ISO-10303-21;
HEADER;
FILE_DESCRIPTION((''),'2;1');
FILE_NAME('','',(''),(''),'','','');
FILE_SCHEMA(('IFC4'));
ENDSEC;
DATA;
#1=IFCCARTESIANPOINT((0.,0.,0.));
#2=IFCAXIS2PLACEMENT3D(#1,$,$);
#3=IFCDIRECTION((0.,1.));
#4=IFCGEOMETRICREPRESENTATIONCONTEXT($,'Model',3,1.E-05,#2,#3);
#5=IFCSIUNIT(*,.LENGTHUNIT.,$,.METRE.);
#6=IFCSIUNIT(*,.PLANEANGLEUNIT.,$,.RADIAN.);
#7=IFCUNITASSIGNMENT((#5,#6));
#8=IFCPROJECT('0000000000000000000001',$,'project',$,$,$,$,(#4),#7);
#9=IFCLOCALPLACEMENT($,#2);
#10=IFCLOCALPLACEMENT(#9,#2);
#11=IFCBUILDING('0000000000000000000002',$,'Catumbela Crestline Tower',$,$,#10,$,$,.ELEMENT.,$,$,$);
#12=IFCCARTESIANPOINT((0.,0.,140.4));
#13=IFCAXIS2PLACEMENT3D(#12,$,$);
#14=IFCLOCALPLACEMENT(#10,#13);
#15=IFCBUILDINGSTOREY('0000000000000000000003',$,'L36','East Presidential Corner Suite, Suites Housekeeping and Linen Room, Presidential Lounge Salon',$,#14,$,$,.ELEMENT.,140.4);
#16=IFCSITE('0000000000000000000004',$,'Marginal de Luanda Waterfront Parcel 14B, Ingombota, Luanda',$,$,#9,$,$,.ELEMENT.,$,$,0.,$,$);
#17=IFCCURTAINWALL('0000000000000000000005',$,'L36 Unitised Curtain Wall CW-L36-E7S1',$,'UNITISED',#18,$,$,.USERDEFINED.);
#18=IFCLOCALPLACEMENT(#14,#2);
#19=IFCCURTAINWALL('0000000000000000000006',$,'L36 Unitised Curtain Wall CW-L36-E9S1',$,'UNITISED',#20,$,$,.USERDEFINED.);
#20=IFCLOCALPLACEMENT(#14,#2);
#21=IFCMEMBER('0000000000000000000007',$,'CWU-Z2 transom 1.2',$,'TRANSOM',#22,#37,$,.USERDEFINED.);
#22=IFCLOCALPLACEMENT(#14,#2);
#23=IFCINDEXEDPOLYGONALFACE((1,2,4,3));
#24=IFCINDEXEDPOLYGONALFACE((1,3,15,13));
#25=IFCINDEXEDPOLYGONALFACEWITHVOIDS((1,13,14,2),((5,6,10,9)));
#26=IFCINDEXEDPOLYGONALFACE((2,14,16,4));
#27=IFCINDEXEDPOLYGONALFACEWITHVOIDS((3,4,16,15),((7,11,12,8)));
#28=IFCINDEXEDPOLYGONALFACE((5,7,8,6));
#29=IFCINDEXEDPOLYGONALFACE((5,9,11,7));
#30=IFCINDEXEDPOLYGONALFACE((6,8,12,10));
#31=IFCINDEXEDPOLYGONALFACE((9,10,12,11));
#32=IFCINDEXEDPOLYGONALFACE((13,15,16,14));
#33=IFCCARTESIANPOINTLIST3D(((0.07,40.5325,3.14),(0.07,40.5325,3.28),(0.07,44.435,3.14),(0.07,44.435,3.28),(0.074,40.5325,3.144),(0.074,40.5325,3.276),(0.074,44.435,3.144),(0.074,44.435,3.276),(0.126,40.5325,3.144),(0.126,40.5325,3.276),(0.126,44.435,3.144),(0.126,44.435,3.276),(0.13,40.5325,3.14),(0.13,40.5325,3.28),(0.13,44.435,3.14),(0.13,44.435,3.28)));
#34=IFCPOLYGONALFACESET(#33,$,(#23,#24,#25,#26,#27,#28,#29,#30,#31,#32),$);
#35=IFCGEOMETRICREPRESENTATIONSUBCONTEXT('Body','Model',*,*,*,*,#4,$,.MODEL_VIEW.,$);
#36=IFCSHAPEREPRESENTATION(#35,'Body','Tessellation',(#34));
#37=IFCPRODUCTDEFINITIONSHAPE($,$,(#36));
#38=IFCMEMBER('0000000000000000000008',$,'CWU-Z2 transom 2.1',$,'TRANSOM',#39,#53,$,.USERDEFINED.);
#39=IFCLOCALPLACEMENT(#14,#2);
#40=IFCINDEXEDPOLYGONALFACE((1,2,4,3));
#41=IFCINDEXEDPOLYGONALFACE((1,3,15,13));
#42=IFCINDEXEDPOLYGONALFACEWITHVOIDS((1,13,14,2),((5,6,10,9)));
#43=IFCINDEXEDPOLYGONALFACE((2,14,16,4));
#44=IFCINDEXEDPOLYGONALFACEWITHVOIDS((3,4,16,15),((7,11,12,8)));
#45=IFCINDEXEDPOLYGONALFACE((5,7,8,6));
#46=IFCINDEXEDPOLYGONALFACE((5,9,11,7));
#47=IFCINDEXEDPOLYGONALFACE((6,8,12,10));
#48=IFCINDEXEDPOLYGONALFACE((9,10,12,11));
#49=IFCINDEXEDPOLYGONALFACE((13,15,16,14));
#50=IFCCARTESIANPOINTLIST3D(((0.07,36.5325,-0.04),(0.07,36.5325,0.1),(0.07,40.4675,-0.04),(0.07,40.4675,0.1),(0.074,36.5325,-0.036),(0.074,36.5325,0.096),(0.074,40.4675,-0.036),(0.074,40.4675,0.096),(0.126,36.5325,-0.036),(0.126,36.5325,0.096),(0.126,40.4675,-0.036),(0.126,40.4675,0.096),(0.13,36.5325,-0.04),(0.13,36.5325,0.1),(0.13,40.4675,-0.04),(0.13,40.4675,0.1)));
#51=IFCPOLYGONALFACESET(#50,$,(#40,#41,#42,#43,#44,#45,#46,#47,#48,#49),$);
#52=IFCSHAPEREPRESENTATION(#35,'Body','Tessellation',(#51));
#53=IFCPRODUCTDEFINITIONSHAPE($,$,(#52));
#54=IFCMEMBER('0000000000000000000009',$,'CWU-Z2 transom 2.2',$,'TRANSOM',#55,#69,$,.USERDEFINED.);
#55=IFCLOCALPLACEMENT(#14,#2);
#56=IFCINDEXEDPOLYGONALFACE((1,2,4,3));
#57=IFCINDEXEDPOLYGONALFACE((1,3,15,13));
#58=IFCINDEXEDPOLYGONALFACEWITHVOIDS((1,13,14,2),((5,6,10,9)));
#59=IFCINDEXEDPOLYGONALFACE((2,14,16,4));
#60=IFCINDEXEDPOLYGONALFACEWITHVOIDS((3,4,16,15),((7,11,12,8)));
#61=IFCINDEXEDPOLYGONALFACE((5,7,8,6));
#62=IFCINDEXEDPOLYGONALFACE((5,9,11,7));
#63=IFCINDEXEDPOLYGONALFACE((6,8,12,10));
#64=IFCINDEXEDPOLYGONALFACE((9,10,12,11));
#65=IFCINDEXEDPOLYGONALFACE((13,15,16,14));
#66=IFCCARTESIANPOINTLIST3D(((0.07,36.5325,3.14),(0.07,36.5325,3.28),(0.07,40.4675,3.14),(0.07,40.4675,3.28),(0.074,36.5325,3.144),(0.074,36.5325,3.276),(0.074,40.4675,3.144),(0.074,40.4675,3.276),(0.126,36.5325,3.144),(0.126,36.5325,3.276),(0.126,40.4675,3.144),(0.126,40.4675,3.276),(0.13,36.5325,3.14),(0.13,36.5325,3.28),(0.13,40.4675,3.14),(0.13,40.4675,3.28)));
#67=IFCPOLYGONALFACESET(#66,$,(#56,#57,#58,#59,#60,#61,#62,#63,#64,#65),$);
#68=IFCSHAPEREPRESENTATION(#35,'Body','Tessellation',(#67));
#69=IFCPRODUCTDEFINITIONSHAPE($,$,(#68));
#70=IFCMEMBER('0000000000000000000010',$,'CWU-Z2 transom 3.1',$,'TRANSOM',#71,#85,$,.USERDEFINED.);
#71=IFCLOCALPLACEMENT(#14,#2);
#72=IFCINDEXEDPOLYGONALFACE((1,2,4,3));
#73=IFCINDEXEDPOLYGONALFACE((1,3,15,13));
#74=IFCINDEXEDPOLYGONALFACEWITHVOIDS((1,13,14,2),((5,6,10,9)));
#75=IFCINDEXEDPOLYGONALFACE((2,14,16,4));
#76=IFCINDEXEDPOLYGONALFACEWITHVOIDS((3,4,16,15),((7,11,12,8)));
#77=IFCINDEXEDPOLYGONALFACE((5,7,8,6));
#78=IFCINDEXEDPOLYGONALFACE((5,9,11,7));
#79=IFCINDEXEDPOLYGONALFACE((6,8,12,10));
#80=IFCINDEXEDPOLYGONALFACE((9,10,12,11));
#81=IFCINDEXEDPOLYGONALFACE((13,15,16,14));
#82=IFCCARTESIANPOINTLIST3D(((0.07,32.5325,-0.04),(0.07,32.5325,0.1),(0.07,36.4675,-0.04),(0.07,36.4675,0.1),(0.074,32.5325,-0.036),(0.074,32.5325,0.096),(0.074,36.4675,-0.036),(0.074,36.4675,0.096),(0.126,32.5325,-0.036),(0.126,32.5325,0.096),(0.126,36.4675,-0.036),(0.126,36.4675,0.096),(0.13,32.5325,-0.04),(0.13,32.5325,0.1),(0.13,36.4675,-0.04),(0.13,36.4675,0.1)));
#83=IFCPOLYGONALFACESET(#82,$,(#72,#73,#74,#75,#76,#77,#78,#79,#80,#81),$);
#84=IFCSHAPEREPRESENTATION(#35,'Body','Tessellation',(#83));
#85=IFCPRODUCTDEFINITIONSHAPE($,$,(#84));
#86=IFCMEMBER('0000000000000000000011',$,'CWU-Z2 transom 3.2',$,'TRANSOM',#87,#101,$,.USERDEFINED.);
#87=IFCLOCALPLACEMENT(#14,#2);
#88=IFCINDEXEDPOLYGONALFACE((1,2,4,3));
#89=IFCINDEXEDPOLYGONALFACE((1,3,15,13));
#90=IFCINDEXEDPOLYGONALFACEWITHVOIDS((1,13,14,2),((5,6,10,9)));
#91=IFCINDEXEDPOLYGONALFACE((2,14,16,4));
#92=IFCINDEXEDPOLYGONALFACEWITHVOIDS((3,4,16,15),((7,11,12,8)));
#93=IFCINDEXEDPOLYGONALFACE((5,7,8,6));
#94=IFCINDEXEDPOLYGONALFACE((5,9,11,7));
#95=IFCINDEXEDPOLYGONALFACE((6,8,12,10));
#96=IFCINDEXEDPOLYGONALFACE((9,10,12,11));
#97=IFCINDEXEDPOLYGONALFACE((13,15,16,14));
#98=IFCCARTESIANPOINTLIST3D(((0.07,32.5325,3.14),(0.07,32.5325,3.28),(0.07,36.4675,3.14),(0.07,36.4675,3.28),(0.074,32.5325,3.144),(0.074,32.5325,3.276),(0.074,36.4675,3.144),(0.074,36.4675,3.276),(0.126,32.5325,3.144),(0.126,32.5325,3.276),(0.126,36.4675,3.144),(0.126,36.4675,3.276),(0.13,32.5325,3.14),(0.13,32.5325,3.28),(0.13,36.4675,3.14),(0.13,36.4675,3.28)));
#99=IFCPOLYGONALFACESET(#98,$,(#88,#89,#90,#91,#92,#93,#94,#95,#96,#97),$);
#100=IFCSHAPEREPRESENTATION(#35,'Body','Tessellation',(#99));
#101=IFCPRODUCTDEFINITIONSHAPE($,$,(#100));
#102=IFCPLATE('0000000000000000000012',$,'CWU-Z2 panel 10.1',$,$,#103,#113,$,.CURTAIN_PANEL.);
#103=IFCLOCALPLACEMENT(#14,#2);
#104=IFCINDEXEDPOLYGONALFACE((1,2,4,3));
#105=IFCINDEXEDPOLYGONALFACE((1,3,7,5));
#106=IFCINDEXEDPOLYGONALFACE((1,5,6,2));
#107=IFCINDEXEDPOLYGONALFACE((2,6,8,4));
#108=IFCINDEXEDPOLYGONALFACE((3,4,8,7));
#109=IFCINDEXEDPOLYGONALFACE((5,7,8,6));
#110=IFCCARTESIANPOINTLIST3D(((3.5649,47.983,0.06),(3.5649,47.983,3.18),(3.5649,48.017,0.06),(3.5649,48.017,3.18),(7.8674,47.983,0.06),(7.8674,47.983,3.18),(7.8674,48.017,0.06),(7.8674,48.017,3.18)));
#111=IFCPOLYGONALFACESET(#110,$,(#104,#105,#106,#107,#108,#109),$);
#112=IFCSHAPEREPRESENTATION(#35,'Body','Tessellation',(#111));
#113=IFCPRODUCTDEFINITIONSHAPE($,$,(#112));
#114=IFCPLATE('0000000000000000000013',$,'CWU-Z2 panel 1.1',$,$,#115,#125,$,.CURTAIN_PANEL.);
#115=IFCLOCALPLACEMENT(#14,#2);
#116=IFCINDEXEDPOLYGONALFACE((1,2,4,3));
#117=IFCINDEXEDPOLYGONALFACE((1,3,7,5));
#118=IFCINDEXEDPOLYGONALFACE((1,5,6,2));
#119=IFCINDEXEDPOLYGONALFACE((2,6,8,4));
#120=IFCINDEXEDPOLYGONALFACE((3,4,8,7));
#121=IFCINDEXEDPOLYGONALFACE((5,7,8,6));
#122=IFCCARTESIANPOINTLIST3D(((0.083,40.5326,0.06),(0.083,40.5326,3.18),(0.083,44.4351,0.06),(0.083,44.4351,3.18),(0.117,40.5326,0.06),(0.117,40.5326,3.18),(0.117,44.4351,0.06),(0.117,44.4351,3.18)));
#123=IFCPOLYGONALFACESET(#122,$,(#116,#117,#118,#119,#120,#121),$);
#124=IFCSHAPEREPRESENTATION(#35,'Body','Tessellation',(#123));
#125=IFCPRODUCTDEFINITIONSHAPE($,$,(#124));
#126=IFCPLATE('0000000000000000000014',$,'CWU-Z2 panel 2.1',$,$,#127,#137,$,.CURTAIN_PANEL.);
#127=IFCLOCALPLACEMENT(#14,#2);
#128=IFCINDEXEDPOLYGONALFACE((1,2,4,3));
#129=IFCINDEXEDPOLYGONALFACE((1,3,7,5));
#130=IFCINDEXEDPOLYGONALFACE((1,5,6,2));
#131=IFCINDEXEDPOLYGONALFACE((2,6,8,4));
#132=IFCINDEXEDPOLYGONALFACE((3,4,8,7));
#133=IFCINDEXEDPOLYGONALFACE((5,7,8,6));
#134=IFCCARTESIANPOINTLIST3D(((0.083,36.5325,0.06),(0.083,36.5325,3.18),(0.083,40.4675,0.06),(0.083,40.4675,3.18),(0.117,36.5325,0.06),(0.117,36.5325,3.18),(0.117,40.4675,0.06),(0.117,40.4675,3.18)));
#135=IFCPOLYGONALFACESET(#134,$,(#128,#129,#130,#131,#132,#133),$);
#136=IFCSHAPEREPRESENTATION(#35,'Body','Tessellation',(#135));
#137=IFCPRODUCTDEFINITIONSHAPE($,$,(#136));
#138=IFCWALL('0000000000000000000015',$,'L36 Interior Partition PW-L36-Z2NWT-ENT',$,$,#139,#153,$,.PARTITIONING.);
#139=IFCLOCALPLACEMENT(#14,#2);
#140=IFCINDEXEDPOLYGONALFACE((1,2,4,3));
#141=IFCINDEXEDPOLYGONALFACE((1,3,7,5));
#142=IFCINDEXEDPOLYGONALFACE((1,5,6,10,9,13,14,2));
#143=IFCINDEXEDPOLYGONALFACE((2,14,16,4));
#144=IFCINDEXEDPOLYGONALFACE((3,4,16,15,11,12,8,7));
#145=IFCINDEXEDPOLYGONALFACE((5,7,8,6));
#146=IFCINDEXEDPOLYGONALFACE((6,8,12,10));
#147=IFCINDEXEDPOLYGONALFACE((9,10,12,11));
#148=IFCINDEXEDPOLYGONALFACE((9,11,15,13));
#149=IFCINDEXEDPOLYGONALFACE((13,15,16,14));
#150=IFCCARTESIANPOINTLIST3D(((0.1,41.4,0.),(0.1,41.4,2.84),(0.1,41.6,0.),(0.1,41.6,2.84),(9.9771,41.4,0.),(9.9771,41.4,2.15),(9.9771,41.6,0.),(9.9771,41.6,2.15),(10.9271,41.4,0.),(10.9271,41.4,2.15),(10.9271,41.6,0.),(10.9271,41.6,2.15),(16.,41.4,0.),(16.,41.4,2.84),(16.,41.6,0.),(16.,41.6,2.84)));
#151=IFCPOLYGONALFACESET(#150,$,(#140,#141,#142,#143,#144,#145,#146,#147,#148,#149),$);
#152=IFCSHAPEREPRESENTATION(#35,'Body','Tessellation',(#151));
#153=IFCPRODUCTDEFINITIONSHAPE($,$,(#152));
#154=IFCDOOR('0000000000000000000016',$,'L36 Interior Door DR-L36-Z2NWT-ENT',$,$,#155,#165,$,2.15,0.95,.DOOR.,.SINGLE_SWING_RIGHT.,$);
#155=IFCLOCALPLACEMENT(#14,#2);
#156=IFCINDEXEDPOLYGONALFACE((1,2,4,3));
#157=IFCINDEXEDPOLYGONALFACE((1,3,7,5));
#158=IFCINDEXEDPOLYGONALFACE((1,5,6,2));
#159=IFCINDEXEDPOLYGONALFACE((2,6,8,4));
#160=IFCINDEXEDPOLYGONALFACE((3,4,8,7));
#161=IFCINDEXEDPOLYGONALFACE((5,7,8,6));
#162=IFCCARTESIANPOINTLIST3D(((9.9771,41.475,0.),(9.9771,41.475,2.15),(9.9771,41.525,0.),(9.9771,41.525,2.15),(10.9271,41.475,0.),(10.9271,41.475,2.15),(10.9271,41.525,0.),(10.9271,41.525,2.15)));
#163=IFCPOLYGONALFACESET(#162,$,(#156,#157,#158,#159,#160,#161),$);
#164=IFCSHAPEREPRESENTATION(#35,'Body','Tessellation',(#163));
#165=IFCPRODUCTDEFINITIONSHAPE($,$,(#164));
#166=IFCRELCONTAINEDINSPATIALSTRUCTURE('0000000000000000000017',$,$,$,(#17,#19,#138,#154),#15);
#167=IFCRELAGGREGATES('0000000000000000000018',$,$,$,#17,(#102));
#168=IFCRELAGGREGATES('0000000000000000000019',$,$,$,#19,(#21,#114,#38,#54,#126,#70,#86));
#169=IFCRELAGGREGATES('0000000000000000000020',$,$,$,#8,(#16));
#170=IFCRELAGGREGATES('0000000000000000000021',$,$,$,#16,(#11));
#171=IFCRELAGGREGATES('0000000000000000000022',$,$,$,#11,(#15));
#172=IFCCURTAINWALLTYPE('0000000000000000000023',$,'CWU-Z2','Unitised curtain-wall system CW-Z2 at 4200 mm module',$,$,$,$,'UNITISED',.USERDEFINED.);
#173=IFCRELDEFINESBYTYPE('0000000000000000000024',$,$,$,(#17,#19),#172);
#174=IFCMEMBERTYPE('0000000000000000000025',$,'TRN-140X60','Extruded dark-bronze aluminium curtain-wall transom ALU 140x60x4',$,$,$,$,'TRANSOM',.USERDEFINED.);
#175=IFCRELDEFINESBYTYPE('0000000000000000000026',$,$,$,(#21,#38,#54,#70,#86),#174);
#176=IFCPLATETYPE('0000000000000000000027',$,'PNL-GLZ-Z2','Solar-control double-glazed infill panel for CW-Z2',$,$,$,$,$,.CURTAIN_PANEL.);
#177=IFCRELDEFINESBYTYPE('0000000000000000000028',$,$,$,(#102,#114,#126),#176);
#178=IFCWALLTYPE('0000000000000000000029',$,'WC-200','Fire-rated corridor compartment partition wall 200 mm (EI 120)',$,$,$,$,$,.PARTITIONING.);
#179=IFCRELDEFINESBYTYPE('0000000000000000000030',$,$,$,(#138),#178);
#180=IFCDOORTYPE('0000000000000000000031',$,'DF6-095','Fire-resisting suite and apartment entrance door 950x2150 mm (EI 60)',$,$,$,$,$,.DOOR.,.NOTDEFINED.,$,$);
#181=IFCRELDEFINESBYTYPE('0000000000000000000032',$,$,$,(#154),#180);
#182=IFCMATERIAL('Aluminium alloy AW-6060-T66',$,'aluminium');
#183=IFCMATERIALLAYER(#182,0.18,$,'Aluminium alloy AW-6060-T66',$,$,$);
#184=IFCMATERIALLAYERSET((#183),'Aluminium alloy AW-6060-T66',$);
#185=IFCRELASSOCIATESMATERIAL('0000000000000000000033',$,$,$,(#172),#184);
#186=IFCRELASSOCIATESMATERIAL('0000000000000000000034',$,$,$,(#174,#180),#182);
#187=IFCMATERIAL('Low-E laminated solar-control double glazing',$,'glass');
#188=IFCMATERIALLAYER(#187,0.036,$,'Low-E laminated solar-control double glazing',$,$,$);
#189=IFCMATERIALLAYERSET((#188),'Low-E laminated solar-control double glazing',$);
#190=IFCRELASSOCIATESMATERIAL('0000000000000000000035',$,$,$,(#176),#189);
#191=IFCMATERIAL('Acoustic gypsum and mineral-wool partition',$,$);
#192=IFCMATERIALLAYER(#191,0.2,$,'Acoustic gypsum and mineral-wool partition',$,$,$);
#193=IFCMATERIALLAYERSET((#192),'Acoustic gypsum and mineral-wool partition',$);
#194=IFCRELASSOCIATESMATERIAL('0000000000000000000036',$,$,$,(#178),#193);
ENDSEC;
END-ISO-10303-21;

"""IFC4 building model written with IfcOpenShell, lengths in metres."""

from ifc_helpers import new_model, si_unit, direction, frame, frame_2d, origin, origin_2d, place, context, subcontext, project, spatial, rectangle, hollow_rectangle, extrude, material, layer, layer_set, material_profile, profile_set, type_object, element, fill, aggregate, save


model = new_model("IFC4")

# Units and contexts
model_context = context("Model", 3, precision=1e-05, world=origin(), true_north=direction((0.0, 1.0)))
body_context = subcontext(model_context, "Body", "Model", "MODEL_VIEW")
ifc_project = project(units=[si_unit("LENGTHUNIT", "METRE"), si_unit("PLANEANGLEUNIT", "RADIAN")], contexts=[model_context])

# Site, building, storey
site_placement = place(None, origin())
site = spatial("IfcSite", under=ifc_project, at=site_placement, Name="Marginal de Luanda Waterfront Parcel 14B, Ingombota, Luanda", CompositionType="ELEMENT", RefElevation=0.0)
building_placement = place(site_placement, origin())
building = spatial("IfcBuilding", under=site, at=building_placement, Name="Catumbela Crestline Tower", CompositionType="ELEMENT")
storey_placement = place(building_placement, frame((0.0, 0.0, 140.4)))
storey = spatial("IfcBuildingStorey", under=building, at=storey_placement, Name="L36", Description="East Presidential Corner Suite, Suites Housekeeping and Linen Room, Presidential Lounge Salon", CompositionType="ELEMENT", Elevation=140.4)

# Curtain wall
ifc_material_1 = material(Name="Aluminium alloy AW-6060-T66", Category="aluminium")
ifc_layer_1 = layer(ifc_material_1, 0.18, Name="Aluminium alloy AW-6060-T66")
ifc_layer_set_1 = layer_set([ifc_layer_1], Name="Aluminium alloy AW-6060-T66")
curtain_wall_type = type_object("IfcCurtainWallType", Name="CWU-Z2", Description="Unitised curtain-wall system CW-Z2 at 4200 mm module", ElementType="UNITISED", PredefinedType="USERDEFINED", material=ifc_layer_set_1)
curtain_wall_1_placement = place(storey_placement, origin())
curtain_wall_1 = element("IfcCurtainWall", 1, at=curtain_wall_1_placement, inside=storey, type_object=curtain_wall_type, Name="L36 Unitised Curtain Wall CW-L36-E7S1", ObjectType="UNITISED", PredefinedType="USERDEFINED")

# Curtain wall
curtain_wall_2_placement = place(storey_placement, origin())
curtain_wall_2 = element("IfcCurtainWall", 2, at=curtain_wall_2_placement, inside=storey, type_object=curtain_wall_type, Name="L36 Unitised Curtain Wall CW-L36-E9S1", ObjectType="UNITISED", PredefinedType="USERDEFINED")

# Members
ifc_material_profile_1 = material_profile(ifc_material_1, hollow_rectangle(XDim=0.06, YDim=0.14, WallThickness=0.004, at=origin_2d()), Name="ALU 140x60x4")
ifc_profile_set_1 = profile_set([ifc_material_profile_1], Name="Aluminium alloy AW-6060-T66")
member_type_1 = type_object("IfcMemberType", Name="TRN-140X60", Description="Extruded dark-bronze aluminium curtain-wall transom ALU 140x60x4", ElementType="TRANSOM", PredefinedType="USERDEFINED", material=ifc_profile_set_1)
member_1_placement = place(storey_placement, frame((0.1, 44.435, 3.21), z_axis=(0.0, -1.0, 0.0), x_axis=(1.0, 0.0, 0.0)))
member_1 = element("IfcMember", 3, at=member_1_placement, type_object=member_type_1, Name="CWU-Z2 transom 1.2", ObjectType="TRANSOM", PredefinedType="USERDEFINED", context=body_context, shape_type="SweptSolid", body=[
    extrude(hollow_rectangle(XDim=0.06, YDim=0.14, WallThickness=0.004, at=origin_2d()), origin(), (0.0, 0.0, 1.0), 3.9025),
])
member_2_placement = place(storey_placement, frame((0.1, 40.4675, 0.03), z_axis=(0.0, -1.0, 0.0), x_axis=(1.0, 0.0, 0.0)))
member_2 = element("IfcMember", 4, at=member_2_placement, type_object=member_type_1, Name="CWU-Z2 transom 2.1", ObjectType="TRANSOM", PredefinedType="USERDEFINED", context=body_context, shape_type="SweptSolid", body=[
    extrude(hollow_rectangle(XDim=0.06, YDim=0.14, WallThickness=0.004, at=origin_2d()), origin(), (0.0, 0.0, 1.0), 3.935),
])
member_3_placement = place(storey_placement, frame((0.1, 40.4675, 3.21), z_axis=(0.0, -1.0, 0.0), x_axis=(1.0, 0.0, 0.0)))
member_3 = element("IfcMember", 5, at=member_3_placement, type_object=member_type_1, Name="CWU-Z2 transom 2.2", ObjectType="TRANSOM", PredefinedType="USERDEFINED", context=body_context, shape_type="SweptSolid", body=[
    extrude(hollow_rectangle(XDim=0.06, YDim=0.14, WallThickness=0.004, at=origin_2d()), origin(), (0.0, 0.0, 1.0), 3.935),
])
member_4_placement = place(storey_placement, frame((0.1, 36.4675, 0.03), z_axis=(0.0, -1.0, 0.0), x_axis=(1.0, 0.0, 0.0)))
member_4 = element("IfcMember", 6, at=member_4_placement, type_object=member_type_1, Name="CWU-Z2 transom 3.1", ObjectType="TRANSOM", PredefinedType="USERDEFINED", context=body_context, shape_type="SweptSolid", body=[
    extrude(hollow_rectangle(XDim=0.06, YDim=0.14, WallThickness=0.004, at=origin_2d()), origin(), (0.0, 0.0, 1.0), 3.935),
])
member_5_placement = place(storey_placement, frame((0.1, 36.4675, 3.21), z_axis=(0.0, -1.0, 0.0), x_axis=(1.0, 0.0, 0.0)))
member_5 = element("IfcMember", 7, at=member_5_placement, type_object=member_type_1, Name="CWU-Z2 transom 3.2", ObjectType="TRANSOM", PredefinedType="USERDEFINED", context=body_context, shape_type="SweptSolid", body=[
    extrude(hollow_rectangle(XDim=0.06, YDim=0.14, WallThickness=0.004, at=origin_2d()), origin(), (0.0, 0.0, 1.0), 3.935),
])

# Plates
ifc_material_2 = material(Name="Low-E laminated solar-control double glazing", Category="glass")
ifc_layer_2 = layer(ifc_material_2, 0.036, Name="Low-E laminated solar-control double glazing")
ifc_layer_set_2 = layer_set([ifc_layer_2], Name="Low-E laminated solar-control double glazing")
plate_type = type_object("IfcPlateType", Name="PNL-GLZ-Z2", Description="Solar-control double-glazed infill panel for CW-Z2", PredefinedType="CURTAIN_PANEL", material=ifc_layer_set_2)
plate_1_placement = place(storey_placement, frame((5.7162, 48.0, 0.06), z_axis=(0.0, 0.0, 1.0), x_axis=(-1.0, 0.0, 0.0)))
plate_1 = element("IfcPlate", 8, at=plate_1_placement, type_object=plate_type, Name="CWU-Z2 panel 10.1", PredefinedType="CURTAIN_PANEL", context=body_context, shape_type="SweptSolid", body=[
    extrude(rectangle(XDim=4.3025, YDim=0.034, at=origin_2d()), origin(), (0.0, 0.0, 1.0), 3.12),
])
aggregate(curtain_wall_1, [plate_1])
plate_2_placement = place(storey_placement, frame((0.1, 42.4838, 0.06), z_axis=(0.0, 0.0, 1.0), x_axis=(0.0, -1.0, 0.0)))
plate_2 = element("IfcPlate", 9, at=plate_2_placement, type_object=plate_type, Name="CWU-Z2 panel 1.1", PredefinedType="CURTAIN_PANEL", context=body_context, shape_type="SweptSolid", body=[
    extrude(rectangle(XDim=3.9025, YDim=0.034, at=origin_2d()), origin(), (0.0, 0.0, 1.0), 3.12),
])
plate_3_placement = place(storey_placement, frame((0.1, 38.5, 0.06), z_axis=(0.0, 0.0, 1.0), x_axis=(0.0, -1.0, 0.0)))
plate_3 = element("IfcPlate", 10, at=plate_3_placement, type_object=plate_type, Name="CWU-Z2 panel 2.1", PredefinedType="CURTAIN_PANEL", context=body_context, shape_type="SweptSolid", body=[
    extrude(rectangle(XDim=3.935, YDim=0.034, at=origin_2d()), origin(), (0.0, 0.0, 1.0), 3.12),
])
aggregate(curtain_wall_2, [member_1, plate_2, member_2, member_3, plate_3, member_4, member_5])

# Wall, opening, door
ifc_material_3 = material(Name="Acoustic gypsum and mineral-wool partition")
ifc_layer_3 = layer(ifc_material_3, 0.2, Name="Acoustic gypsum and mineral-wool partition")
ifc_layer_set_3 = layer_set([ifc_layer_3], Name="Acoustic gypsum and mineral-wool partition")
wall_type_1 = type_object("IfcWallType", Name="WC-200", Description="Fire-rated corridor compartment partition wall 200 mm (EI 120)", PredefinedType="PARTITIONING", material=ifc_layer_set_3)
wall_1_placement = place(storey_placement, frame((0.1, 41.5, 0.0), z_axis=(0.0, 0.0, 1.0), x_axis=(1.0, 0.0, 0.0)))
wall_1 = element("IfcWall", 11, at=wall_1_placement, inside=storey, type_object=wall_type_1, Name="L36 Interior Partition PW-L36-Z2NWT-ENT", PredefinedType="PARTITIONING", context=body_context, shape_type="SweptSolid", body=[
    extrude(rectangle(XDim=15.9, YDim=0.2, at=frame_2d((7.95, 0.0))), origin(), (0.0, 0.0, 1.0), 2.84),
])
opening_1_placement = place(wall_1_placement, frame((9.8771, 0.0, 0.0)))
opening_1 = element("IfcOpeningElement", 12, at=opening_1_placement, cuts=wall_1, PredefinedType="OPENING", context=body_context, shape_type="SweptSolid", body=[
    extrude(rectangle(XDim=0.95, YDim=2.15, at=frame_2d((0.475, 1.075))), frame((0.0, 0.11, 0.0), z_axis=(0.0, -1.0, 0.0), x_axis=(1.0, 0.0, 0.0)), (0.0, 0.0, 1.0), 0.22),
])
door_type_1 = type_object("IfcDoorType", Name="DF6-095", Description="Fire-resisting suite and apartment entrance door 950x2150 mm (EI 60)", OperationType="NOTDEFINED", PredefinedType="DOOR", material=ifc_material_1)
door_1_placement = place(opening_1_placement, origin())
door_1 = element("IfcDoor", 13, at=door_1_placement, inside=storey, type_object=door_type_1, Name="L36 Interior Door DR-L36-Z2NWT-ENT", OperationType="SINGLE_SWING_RIGHT", OverallHeight=2.15, OverallWidth=0.95, PredefinedType="DOOR", context=body_context, shape_type="SweptSolid", body=[
    extrude(rectangle(XDim=0.95, YDim=2.15, at=frame_2d((0.475, 1.075))), frame((0.0, 0.025, 0.0), z_axis=(0.0, -1.0, 0.0), x_axis=(1.0, 0.0, 0.0)), (0.0, 0.0, 1.0), 0.05),
])
fill(opening_1, door_1)

save(model, "model.ifc")
